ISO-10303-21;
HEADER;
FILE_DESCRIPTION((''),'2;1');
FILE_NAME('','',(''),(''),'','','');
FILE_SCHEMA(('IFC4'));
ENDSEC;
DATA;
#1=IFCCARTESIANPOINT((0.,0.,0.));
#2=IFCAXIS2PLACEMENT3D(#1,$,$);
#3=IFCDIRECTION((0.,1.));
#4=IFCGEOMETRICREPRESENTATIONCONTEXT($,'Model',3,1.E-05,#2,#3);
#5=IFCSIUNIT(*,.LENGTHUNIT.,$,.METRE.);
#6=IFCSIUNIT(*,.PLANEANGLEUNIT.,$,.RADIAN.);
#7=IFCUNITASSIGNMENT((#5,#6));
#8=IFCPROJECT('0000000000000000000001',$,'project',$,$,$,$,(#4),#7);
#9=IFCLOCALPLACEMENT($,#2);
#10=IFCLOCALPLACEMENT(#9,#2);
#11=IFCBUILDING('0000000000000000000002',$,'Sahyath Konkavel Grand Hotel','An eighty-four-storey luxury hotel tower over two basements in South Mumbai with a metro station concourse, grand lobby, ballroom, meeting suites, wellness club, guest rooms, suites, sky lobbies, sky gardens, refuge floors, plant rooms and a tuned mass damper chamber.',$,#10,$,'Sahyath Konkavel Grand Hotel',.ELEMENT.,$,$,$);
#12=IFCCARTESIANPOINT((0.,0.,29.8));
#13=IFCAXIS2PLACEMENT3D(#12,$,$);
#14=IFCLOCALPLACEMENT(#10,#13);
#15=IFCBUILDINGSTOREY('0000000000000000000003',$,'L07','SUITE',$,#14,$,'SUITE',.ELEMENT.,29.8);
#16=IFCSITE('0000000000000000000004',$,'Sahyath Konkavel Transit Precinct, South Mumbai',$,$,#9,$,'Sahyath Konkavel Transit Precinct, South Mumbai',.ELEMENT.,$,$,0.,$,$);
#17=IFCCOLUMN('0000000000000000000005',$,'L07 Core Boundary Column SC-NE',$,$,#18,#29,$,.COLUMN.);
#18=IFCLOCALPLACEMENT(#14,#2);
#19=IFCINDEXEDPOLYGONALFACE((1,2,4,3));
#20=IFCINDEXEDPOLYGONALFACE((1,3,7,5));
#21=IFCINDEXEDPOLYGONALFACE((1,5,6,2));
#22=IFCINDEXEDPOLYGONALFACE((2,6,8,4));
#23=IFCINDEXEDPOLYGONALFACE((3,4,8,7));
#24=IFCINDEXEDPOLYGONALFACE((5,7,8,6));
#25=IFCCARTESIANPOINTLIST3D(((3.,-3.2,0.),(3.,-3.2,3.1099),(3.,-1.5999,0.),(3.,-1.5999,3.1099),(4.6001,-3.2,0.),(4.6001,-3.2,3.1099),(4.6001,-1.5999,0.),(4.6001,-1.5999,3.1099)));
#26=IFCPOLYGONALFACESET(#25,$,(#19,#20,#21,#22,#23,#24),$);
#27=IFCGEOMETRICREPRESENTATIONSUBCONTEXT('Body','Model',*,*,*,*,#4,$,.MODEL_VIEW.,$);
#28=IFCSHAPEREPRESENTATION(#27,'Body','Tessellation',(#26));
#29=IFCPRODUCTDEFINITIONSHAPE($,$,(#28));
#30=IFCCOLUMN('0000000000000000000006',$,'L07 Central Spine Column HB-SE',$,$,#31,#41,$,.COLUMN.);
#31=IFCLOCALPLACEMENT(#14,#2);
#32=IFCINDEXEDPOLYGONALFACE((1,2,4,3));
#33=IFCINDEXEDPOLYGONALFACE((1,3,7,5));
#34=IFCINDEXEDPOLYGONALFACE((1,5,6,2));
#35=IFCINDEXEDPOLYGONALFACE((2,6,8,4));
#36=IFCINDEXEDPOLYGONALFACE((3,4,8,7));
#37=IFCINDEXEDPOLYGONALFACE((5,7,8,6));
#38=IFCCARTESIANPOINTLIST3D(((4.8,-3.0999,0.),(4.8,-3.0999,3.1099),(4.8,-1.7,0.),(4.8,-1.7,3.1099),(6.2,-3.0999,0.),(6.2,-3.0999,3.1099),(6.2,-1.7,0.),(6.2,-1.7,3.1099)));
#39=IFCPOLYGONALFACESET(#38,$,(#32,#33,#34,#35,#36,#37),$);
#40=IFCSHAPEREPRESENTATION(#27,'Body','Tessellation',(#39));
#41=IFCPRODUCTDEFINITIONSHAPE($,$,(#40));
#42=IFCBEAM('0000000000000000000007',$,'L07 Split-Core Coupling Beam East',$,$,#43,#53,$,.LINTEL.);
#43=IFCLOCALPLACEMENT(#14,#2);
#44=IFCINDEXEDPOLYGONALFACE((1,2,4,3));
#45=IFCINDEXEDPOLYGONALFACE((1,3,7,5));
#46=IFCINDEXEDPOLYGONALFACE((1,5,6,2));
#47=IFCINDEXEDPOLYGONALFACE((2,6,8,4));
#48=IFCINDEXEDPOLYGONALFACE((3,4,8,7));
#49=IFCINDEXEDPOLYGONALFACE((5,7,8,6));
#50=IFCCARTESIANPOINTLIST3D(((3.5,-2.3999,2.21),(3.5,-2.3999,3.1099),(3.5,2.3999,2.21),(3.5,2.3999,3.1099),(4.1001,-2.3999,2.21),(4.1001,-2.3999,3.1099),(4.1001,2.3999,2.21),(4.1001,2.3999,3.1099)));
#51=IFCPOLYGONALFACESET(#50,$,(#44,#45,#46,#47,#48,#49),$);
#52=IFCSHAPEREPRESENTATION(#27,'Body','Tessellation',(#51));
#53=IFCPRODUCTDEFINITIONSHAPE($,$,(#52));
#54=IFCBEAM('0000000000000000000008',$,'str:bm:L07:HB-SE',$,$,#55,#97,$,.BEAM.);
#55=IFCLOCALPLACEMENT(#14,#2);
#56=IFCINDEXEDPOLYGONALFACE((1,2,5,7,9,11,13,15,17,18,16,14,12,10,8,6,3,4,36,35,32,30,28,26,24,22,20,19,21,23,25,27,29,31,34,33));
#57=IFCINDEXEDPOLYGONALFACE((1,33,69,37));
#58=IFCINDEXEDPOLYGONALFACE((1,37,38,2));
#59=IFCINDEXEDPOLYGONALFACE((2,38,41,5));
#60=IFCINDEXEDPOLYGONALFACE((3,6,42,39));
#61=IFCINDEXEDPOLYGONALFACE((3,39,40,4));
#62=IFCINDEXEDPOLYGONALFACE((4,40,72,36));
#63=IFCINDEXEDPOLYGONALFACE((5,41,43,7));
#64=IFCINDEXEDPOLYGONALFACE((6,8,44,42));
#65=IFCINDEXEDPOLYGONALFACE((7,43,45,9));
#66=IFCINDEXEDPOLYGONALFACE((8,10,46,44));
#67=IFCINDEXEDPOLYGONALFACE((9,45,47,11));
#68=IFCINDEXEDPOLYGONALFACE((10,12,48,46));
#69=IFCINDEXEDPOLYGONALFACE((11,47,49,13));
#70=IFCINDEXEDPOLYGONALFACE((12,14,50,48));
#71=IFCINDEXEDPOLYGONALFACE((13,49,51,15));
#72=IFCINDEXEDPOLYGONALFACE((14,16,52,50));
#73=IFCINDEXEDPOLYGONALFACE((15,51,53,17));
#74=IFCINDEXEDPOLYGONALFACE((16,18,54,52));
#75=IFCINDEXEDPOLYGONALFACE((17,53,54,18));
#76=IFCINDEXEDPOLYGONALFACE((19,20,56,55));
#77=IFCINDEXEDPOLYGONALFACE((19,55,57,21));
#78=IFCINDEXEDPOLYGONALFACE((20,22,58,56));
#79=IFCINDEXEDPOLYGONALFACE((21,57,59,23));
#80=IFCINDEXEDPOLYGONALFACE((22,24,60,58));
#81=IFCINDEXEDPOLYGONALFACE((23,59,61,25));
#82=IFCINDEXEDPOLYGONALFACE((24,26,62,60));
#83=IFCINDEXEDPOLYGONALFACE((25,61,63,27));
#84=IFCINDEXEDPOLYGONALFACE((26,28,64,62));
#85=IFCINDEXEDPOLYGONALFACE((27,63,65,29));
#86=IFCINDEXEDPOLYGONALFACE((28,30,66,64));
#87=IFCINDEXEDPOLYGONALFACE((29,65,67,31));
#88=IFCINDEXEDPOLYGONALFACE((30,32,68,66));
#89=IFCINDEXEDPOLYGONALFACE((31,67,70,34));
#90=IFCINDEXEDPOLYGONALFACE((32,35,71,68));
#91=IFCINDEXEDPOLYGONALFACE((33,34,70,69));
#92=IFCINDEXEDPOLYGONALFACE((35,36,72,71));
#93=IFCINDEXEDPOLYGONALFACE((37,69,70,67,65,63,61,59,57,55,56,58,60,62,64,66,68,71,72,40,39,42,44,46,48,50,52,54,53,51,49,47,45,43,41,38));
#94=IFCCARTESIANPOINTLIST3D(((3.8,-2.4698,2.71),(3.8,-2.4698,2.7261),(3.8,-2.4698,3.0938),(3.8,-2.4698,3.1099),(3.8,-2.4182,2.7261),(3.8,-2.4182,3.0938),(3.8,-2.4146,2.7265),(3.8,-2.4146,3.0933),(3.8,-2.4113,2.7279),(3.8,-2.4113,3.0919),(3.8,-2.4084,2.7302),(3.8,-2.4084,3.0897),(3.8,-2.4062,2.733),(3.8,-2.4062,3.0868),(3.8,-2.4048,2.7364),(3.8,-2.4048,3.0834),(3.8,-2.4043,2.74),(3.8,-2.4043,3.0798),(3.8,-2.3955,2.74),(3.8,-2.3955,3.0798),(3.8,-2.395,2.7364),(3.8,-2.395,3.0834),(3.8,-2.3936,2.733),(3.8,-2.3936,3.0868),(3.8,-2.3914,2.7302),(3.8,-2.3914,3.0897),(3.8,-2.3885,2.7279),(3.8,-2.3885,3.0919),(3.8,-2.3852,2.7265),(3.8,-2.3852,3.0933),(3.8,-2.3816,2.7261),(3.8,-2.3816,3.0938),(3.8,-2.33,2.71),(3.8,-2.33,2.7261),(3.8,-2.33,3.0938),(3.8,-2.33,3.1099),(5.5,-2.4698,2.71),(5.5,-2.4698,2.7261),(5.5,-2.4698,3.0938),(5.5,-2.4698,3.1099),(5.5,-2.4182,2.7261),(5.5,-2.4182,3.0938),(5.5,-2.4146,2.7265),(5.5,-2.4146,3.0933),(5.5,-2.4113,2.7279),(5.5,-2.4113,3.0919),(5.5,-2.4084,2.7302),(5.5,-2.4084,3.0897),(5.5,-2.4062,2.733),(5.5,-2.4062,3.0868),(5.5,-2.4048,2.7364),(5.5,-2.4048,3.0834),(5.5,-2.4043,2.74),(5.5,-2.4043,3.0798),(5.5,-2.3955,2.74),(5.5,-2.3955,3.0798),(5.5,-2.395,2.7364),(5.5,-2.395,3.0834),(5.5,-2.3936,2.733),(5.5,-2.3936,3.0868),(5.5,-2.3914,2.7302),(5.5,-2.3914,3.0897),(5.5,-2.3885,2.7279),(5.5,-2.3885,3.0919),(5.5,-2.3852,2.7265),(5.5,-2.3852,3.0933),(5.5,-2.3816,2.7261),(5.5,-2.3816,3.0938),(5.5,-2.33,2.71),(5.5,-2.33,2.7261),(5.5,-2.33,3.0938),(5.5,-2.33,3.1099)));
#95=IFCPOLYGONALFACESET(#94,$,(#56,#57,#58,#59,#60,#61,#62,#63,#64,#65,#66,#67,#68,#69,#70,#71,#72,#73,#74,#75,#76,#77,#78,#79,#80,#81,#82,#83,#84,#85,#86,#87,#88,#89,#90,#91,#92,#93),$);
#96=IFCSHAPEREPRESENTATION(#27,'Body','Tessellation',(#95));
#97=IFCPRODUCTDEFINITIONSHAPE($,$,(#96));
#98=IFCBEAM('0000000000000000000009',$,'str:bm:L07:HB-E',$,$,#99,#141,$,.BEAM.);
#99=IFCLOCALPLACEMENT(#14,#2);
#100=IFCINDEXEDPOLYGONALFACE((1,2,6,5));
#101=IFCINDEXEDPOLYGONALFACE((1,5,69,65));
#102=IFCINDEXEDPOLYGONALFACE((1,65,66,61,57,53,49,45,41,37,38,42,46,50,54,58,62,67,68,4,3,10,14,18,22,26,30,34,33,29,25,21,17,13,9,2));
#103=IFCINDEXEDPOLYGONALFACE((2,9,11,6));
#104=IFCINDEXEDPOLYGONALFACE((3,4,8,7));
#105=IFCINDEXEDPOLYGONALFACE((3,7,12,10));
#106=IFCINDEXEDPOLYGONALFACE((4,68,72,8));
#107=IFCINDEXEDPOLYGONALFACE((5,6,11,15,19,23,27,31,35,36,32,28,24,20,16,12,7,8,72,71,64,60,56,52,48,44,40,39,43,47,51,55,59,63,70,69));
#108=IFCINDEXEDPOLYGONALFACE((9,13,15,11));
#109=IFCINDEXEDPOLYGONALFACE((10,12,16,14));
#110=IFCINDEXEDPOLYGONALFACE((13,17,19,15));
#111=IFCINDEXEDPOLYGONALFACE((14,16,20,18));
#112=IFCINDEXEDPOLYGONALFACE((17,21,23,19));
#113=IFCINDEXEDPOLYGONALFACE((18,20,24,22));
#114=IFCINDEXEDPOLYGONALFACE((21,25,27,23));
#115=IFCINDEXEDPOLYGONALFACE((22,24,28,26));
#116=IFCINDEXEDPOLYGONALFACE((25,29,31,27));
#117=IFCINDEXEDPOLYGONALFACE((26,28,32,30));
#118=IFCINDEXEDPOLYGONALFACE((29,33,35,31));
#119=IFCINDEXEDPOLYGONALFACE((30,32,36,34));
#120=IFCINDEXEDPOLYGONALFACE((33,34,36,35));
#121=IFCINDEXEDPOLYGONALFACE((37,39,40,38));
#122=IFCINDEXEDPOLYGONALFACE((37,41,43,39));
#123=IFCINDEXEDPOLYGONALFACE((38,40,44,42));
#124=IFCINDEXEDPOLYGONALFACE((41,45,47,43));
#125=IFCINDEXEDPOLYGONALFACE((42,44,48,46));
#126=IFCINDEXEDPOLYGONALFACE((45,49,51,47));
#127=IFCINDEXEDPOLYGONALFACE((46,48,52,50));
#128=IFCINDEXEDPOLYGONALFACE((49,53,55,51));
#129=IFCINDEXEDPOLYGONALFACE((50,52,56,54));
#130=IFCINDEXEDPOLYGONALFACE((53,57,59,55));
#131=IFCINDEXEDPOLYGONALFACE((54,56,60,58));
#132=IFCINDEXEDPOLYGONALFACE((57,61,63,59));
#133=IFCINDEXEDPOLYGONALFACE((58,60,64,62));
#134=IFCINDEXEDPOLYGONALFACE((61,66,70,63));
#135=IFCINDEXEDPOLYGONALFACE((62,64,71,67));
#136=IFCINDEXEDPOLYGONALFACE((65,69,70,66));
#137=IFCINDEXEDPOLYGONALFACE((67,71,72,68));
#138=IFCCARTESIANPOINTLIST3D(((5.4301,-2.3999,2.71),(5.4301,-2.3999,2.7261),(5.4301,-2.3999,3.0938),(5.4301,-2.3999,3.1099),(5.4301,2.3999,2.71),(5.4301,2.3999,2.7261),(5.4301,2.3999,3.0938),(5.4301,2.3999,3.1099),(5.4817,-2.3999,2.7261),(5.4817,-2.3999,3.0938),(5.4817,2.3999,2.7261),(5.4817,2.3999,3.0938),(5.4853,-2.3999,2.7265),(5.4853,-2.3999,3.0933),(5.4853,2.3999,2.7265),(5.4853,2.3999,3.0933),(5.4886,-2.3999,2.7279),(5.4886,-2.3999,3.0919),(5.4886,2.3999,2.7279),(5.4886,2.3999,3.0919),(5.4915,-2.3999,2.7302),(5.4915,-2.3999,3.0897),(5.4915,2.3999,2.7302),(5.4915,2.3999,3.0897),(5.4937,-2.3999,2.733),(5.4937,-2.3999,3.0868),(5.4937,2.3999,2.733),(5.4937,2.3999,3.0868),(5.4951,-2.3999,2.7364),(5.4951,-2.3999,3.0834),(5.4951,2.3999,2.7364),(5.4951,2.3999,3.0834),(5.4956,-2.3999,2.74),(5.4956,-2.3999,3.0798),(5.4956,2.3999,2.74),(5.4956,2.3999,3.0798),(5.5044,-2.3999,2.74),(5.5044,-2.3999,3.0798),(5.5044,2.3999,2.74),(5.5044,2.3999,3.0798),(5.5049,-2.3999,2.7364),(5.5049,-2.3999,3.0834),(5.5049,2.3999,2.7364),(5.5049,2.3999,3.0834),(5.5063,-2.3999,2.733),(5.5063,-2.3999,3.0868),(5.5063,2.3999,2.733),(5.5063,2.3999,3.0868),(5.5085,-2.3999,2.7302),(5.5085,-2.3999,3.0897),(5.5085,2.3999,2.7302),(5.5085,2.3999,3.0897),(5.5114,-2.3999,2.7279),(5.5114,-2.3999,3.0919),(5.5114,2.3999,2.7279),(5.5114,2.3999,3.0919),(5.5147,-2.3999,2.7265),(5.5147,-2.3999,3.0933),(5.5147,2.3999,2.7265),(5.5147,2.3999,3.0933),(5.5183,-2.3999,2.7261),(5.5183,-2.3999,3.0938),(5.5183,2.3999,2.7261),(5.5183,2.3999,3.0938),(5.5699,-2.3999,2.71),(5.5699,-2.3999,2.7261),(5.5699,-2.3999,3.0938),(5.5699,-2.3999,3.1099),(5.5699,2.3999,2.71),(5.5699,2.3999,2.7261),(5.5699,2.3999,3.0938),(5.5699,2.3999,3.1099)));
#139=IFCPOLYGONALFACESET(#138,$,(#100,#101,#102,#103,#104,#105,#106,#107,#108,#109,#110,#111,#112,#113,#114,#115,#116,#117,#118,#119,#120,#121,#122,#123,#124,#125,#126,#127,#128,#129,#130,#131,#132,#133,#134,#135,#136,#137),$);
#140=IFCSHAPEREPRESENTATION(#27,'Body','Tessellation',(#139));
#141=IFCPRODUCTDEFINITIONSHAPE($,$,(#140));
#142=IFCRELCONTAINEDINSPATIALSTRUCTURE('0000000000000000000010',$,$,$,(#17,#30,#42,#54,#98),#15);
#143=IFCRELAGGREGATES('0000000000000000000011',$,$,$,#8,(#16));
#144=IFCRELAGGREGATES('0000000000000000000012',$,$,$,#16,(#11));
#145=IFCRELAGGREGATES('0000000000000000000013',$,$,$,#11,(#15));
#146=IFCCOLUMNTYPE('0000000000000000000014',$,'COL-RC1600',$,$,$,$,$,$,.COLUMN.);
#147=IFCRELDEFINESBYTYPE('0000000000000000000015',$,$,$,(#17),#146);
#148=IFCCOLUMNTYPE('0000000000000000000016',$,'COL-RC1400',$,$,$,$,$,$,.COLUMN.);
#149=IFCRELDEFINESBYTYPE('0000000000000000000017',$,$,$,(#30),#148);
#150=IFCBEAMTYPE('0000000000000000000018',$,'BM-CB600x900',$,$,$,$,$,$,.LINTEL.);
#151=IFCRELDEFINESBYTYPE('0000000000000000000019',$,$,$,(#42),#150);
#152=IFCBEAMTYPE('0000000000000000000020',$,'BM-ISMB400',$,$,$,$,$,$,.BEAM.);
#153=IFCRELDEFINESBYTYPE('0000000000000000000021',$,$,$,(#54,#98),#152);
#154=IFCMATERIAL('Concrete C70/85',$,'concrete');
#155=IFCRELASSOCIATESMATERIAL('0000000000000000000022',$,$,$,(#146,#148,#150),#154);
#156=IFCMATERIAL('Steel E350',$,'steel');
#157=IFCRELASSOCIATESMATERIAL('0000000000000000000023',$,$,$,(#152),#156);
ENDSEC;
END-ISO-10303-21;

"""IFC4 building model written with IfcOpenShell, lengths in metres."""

from ifc_helpers import new_model, si_unit, direction, frame, origin, origin_2d, place, context, subcontext, project, spatial, rectangle, i_section, extrude, source, transform, mapped, material, material_profile, profile_set, type_object, element, save


model = new_model("IFC4")

# Units and contexts
model_context = context("Model", 3, precision=1e-05, world=origin(), true_north=direction((0.0, 1.0)))
body_context = subcontext(model_context, "Body", "Model", "MODEL_VIEW")
ifc_project = project(units=[si_unit("LENGTHUNIT", "METRE"), si_unit("PLANEANGLEUNIT", "RADIAN")], contexts=[model_context])

# Site, building, storey
site_placement = place(None, origin())
site = spatial("IfcSite", under=ifc_project, at=site_placement, Name="Sahyath Konkavel Transit Precinct, South Mumbai", LongName="Sahyath Konkavel Transit Precinct, South Mumbai", CompositionType="ELEMENT", RefElevation=0.0)
building_placement = place(site_placement, origin())
building = spatial("IfcBuilding", under=site, at=building_placement, Name="Sahyath Konkavel Grand Hotel", Description="An eighty-four-storey luxury hotel tower over two basements in South Mumbai with a metro station concourse, grand lobby, ballroom, meeting suites, wellness club, guest rooms, suites, sky lobbies, sky gardens, refuge floors, plant rooms and a tuned mass damper chamber.", LongName="Sahyath Konkavel Grand Hotel", CompositionType="ELEMENT")
storey_placement = place(building_placement, frame((0.0, 0.0, 29.8)))
storey = spatial("IfcBuildingStorey", under=building, at=storey_placement, Name="L07", Description="SUITE", LongName="SUITE", CompositionType="ELEMENT", Elevation=29.8)

# Columns
ifc_material_1 = material(Name="Concrete C70/85", Category="concrete")
ifc_material_profile_1 = material_profile(ifc_material_1, rectangle(XDim=1.6001, YDim=1.6001, at=origin_2d()), Name="RC 1600x1600")
ifc_profile_set_1 = profile_set([ifc_material_profile_1], Name="Concrete C70/85")
column_type_1 = type_object("IfcColumnType", Name="COL-RC1600", PredefinedType="COLUMN", material=ifc_profile_set_1)
shared_shape_1 = source(origin(), body_context, "Body", "SweptSolid", [
    extrude(rectangle(XDim=1.6001, YDim=1.6001, at=origin_2d()), origin(), (0.0, 0.0, 1.0), 3.1099),
])
column_1_placement = place(storey_placement, frame((3.8, -2.3999, 0.0), z_axis=(0.0, 0.0, 1.0), x_axis=(1.0, 0.0, 0.0)))
element("IfcColumn", 1, at=column_1_placement, inside=storey, type_object=column_type_1, Name="L07 Core Boundary Column SC-NE", PredefinedType="COLUMN", context=body_context, shape_type="MappedRepresentation", body=[
    mapped(shared_shape_1, transform((0.0, 0.0, 0.0), scale=1.0)),
])
ifc_material_profile_2 = material_profile(ifc_material_1, rectangle(XDim=1.3999, YDim=1.3999, at=origin_2d()), Name="RC 1400x1400")
ifc_profile_set_2 = profile_set([ifc_material_profile_2], Name="Concrete C70/85")
column_type_2 = type_object("IfcColumnType", Name="COL-RC1400", PredefinedType="COLUMN", material=ifc_profile_set_2)
shared_shape_2 = source(origin(), body_context, "Body", "SweptSolid", [
    extrude(rectangle(XDim=1.3999, YDim=1.3999, at=origin_2d()), origin(), (0.0, 0.0, 1.0), 3.1099),
])
column_2_placement = place(storey_placement, frame((5.5, -2.3999, 0.0), z_axis=(0.0, 0.0, 1.0), x_axis=(1.0, 0.0, 0.0)))
element("IfcColumn", 2, at=column_2_placement, inside=storey, type_object=column_type_2, Name="L07 Central Spine Column HB-SE", PredefinedType="COLUMN", context=body_context, shape_type="MappedRepresentation", body=[
    mapped(shared_shape_2, transform((0.0, 0.0, 0.0), scale=1.0)),
])

# Beams
ifc_material_profile_3 = material_profile(ifc_material_1, rectangle(XDim=0.6001, YDim=0.8999, at=origin_2d()), Name="RC 600x900")
ifc_profile_set_3 = profile_set([ifc_material_profile_3], Name="Concrete C70/85")
beam_type_1 = type_object("IfcBeamType", Name="BM-CB600x900", PredefinedType="LINTEL", material=ifc_profile_set_3)
shared_shape_3 = source(origin(), body_context, "Body", "SweptSolid", [
    extrude(rectangle(XDim=0.6001, YDim=0.8999, at=origin_2d()), origin(), (0.0, 0.0, 1.0), 4.7998),
])
beam_1_placement = place(storey_placement, frame((3.8, -2.3999, 2.6599), z_axis=(0.0, 1.0, 0.0), x_axis=(-1.0, 0.0, 0.0)))
element("IfcBeam", 3, at=beam_1_placement, inside=storey, type_object=beam_type_1, Name="L07 Split-Core Coupling Beam East", PredefinedType="LINTEL", context=body_context, shape_type="MappedRepresentation", body=[
    mapped(shared_shape_3, transform((0.0, 0.0, 0.0), scale=1.0)),
])
ifc_material_2 = material(Name="Steel E350", Category="steel")
ifc_material_profile_4 = material_profile(ifc_material_2, i_section(OverallWidth=0.1399, OverallDepth=0.3999, WebThickness=0.0088, FlangeThickness=0.0161, FilletRadius=0.0139, at=origin_2d()), Name="ISMB 400")
ifc_profile_set_4 = profile_set([ifc_material_profile_4], Name="Steel E350")
beam_type_2 = type_object("IfcBeamType", Name="BM-ISMB400", PredefinedType="BEAM", material=ifc_profile_set_4)
shared_shape_4 = source(origin(), body_context, "Body", "SweptSolid", [
    extrude(i_section(OverallWidth=0.1399, OverallDepth=0.3999, WebThickness=0.0088, FlangeThickness=0.0161, FilletRadius=0.0139, at=origin_2d()), origin(), (0.0, 0.0, 1.0), 1.7),
])
beam_2_placement = place(storey_placement, frame((3.8, -2.3999, 2.9099), z_axis=(1.0, 0.0, 0.0), x_axis=(0.0, 1.0, 0.0)))
element("IfcBeam", 4, at=beam_2_placement, inside=storey, type_object=beam_type_2, Name="str:bm:L07:HB-SE", PredefinedType="BEAM", context=body_context, shape_type="MappedRepresentation", body=[
    mapped(shared_shape_4, transform((0.0, 0.0, 0.0), scale=1.0)),
])
shared_shape_5 = source(origin(), body_context, "Body", "SweptSolid", [
    extrude(i_section(OverallWidth=0.1399, OverallDepth=0.3999, WebThickness=0.0088, FlangeThickness=0.0161, FilletRadius=0.0139, at=origin_2d()), origin(), (0.0, 0.0, 1.0), 4.7998),
])
beam_3_placement = place(storey_placement, frame((5.5, -2.3999, 2.9099), z_axis=(0.0, 1.0, 0.0), x_axis=(-1.0, 0.0, 0.0)))
element("IfcBeam", 5, at=beam_3_placement, inside=storey, type_object=beam_type_2, Name="str:bm:L07:HB-E", PredefinedType="BEAM", context=body_context, shape_type="MappedRepresentation", body=[
    mapped(shared_shape_5, transform((0.0, 0.0, 0.0), scale=1.0)),
])

save(model, "model.ifc")
